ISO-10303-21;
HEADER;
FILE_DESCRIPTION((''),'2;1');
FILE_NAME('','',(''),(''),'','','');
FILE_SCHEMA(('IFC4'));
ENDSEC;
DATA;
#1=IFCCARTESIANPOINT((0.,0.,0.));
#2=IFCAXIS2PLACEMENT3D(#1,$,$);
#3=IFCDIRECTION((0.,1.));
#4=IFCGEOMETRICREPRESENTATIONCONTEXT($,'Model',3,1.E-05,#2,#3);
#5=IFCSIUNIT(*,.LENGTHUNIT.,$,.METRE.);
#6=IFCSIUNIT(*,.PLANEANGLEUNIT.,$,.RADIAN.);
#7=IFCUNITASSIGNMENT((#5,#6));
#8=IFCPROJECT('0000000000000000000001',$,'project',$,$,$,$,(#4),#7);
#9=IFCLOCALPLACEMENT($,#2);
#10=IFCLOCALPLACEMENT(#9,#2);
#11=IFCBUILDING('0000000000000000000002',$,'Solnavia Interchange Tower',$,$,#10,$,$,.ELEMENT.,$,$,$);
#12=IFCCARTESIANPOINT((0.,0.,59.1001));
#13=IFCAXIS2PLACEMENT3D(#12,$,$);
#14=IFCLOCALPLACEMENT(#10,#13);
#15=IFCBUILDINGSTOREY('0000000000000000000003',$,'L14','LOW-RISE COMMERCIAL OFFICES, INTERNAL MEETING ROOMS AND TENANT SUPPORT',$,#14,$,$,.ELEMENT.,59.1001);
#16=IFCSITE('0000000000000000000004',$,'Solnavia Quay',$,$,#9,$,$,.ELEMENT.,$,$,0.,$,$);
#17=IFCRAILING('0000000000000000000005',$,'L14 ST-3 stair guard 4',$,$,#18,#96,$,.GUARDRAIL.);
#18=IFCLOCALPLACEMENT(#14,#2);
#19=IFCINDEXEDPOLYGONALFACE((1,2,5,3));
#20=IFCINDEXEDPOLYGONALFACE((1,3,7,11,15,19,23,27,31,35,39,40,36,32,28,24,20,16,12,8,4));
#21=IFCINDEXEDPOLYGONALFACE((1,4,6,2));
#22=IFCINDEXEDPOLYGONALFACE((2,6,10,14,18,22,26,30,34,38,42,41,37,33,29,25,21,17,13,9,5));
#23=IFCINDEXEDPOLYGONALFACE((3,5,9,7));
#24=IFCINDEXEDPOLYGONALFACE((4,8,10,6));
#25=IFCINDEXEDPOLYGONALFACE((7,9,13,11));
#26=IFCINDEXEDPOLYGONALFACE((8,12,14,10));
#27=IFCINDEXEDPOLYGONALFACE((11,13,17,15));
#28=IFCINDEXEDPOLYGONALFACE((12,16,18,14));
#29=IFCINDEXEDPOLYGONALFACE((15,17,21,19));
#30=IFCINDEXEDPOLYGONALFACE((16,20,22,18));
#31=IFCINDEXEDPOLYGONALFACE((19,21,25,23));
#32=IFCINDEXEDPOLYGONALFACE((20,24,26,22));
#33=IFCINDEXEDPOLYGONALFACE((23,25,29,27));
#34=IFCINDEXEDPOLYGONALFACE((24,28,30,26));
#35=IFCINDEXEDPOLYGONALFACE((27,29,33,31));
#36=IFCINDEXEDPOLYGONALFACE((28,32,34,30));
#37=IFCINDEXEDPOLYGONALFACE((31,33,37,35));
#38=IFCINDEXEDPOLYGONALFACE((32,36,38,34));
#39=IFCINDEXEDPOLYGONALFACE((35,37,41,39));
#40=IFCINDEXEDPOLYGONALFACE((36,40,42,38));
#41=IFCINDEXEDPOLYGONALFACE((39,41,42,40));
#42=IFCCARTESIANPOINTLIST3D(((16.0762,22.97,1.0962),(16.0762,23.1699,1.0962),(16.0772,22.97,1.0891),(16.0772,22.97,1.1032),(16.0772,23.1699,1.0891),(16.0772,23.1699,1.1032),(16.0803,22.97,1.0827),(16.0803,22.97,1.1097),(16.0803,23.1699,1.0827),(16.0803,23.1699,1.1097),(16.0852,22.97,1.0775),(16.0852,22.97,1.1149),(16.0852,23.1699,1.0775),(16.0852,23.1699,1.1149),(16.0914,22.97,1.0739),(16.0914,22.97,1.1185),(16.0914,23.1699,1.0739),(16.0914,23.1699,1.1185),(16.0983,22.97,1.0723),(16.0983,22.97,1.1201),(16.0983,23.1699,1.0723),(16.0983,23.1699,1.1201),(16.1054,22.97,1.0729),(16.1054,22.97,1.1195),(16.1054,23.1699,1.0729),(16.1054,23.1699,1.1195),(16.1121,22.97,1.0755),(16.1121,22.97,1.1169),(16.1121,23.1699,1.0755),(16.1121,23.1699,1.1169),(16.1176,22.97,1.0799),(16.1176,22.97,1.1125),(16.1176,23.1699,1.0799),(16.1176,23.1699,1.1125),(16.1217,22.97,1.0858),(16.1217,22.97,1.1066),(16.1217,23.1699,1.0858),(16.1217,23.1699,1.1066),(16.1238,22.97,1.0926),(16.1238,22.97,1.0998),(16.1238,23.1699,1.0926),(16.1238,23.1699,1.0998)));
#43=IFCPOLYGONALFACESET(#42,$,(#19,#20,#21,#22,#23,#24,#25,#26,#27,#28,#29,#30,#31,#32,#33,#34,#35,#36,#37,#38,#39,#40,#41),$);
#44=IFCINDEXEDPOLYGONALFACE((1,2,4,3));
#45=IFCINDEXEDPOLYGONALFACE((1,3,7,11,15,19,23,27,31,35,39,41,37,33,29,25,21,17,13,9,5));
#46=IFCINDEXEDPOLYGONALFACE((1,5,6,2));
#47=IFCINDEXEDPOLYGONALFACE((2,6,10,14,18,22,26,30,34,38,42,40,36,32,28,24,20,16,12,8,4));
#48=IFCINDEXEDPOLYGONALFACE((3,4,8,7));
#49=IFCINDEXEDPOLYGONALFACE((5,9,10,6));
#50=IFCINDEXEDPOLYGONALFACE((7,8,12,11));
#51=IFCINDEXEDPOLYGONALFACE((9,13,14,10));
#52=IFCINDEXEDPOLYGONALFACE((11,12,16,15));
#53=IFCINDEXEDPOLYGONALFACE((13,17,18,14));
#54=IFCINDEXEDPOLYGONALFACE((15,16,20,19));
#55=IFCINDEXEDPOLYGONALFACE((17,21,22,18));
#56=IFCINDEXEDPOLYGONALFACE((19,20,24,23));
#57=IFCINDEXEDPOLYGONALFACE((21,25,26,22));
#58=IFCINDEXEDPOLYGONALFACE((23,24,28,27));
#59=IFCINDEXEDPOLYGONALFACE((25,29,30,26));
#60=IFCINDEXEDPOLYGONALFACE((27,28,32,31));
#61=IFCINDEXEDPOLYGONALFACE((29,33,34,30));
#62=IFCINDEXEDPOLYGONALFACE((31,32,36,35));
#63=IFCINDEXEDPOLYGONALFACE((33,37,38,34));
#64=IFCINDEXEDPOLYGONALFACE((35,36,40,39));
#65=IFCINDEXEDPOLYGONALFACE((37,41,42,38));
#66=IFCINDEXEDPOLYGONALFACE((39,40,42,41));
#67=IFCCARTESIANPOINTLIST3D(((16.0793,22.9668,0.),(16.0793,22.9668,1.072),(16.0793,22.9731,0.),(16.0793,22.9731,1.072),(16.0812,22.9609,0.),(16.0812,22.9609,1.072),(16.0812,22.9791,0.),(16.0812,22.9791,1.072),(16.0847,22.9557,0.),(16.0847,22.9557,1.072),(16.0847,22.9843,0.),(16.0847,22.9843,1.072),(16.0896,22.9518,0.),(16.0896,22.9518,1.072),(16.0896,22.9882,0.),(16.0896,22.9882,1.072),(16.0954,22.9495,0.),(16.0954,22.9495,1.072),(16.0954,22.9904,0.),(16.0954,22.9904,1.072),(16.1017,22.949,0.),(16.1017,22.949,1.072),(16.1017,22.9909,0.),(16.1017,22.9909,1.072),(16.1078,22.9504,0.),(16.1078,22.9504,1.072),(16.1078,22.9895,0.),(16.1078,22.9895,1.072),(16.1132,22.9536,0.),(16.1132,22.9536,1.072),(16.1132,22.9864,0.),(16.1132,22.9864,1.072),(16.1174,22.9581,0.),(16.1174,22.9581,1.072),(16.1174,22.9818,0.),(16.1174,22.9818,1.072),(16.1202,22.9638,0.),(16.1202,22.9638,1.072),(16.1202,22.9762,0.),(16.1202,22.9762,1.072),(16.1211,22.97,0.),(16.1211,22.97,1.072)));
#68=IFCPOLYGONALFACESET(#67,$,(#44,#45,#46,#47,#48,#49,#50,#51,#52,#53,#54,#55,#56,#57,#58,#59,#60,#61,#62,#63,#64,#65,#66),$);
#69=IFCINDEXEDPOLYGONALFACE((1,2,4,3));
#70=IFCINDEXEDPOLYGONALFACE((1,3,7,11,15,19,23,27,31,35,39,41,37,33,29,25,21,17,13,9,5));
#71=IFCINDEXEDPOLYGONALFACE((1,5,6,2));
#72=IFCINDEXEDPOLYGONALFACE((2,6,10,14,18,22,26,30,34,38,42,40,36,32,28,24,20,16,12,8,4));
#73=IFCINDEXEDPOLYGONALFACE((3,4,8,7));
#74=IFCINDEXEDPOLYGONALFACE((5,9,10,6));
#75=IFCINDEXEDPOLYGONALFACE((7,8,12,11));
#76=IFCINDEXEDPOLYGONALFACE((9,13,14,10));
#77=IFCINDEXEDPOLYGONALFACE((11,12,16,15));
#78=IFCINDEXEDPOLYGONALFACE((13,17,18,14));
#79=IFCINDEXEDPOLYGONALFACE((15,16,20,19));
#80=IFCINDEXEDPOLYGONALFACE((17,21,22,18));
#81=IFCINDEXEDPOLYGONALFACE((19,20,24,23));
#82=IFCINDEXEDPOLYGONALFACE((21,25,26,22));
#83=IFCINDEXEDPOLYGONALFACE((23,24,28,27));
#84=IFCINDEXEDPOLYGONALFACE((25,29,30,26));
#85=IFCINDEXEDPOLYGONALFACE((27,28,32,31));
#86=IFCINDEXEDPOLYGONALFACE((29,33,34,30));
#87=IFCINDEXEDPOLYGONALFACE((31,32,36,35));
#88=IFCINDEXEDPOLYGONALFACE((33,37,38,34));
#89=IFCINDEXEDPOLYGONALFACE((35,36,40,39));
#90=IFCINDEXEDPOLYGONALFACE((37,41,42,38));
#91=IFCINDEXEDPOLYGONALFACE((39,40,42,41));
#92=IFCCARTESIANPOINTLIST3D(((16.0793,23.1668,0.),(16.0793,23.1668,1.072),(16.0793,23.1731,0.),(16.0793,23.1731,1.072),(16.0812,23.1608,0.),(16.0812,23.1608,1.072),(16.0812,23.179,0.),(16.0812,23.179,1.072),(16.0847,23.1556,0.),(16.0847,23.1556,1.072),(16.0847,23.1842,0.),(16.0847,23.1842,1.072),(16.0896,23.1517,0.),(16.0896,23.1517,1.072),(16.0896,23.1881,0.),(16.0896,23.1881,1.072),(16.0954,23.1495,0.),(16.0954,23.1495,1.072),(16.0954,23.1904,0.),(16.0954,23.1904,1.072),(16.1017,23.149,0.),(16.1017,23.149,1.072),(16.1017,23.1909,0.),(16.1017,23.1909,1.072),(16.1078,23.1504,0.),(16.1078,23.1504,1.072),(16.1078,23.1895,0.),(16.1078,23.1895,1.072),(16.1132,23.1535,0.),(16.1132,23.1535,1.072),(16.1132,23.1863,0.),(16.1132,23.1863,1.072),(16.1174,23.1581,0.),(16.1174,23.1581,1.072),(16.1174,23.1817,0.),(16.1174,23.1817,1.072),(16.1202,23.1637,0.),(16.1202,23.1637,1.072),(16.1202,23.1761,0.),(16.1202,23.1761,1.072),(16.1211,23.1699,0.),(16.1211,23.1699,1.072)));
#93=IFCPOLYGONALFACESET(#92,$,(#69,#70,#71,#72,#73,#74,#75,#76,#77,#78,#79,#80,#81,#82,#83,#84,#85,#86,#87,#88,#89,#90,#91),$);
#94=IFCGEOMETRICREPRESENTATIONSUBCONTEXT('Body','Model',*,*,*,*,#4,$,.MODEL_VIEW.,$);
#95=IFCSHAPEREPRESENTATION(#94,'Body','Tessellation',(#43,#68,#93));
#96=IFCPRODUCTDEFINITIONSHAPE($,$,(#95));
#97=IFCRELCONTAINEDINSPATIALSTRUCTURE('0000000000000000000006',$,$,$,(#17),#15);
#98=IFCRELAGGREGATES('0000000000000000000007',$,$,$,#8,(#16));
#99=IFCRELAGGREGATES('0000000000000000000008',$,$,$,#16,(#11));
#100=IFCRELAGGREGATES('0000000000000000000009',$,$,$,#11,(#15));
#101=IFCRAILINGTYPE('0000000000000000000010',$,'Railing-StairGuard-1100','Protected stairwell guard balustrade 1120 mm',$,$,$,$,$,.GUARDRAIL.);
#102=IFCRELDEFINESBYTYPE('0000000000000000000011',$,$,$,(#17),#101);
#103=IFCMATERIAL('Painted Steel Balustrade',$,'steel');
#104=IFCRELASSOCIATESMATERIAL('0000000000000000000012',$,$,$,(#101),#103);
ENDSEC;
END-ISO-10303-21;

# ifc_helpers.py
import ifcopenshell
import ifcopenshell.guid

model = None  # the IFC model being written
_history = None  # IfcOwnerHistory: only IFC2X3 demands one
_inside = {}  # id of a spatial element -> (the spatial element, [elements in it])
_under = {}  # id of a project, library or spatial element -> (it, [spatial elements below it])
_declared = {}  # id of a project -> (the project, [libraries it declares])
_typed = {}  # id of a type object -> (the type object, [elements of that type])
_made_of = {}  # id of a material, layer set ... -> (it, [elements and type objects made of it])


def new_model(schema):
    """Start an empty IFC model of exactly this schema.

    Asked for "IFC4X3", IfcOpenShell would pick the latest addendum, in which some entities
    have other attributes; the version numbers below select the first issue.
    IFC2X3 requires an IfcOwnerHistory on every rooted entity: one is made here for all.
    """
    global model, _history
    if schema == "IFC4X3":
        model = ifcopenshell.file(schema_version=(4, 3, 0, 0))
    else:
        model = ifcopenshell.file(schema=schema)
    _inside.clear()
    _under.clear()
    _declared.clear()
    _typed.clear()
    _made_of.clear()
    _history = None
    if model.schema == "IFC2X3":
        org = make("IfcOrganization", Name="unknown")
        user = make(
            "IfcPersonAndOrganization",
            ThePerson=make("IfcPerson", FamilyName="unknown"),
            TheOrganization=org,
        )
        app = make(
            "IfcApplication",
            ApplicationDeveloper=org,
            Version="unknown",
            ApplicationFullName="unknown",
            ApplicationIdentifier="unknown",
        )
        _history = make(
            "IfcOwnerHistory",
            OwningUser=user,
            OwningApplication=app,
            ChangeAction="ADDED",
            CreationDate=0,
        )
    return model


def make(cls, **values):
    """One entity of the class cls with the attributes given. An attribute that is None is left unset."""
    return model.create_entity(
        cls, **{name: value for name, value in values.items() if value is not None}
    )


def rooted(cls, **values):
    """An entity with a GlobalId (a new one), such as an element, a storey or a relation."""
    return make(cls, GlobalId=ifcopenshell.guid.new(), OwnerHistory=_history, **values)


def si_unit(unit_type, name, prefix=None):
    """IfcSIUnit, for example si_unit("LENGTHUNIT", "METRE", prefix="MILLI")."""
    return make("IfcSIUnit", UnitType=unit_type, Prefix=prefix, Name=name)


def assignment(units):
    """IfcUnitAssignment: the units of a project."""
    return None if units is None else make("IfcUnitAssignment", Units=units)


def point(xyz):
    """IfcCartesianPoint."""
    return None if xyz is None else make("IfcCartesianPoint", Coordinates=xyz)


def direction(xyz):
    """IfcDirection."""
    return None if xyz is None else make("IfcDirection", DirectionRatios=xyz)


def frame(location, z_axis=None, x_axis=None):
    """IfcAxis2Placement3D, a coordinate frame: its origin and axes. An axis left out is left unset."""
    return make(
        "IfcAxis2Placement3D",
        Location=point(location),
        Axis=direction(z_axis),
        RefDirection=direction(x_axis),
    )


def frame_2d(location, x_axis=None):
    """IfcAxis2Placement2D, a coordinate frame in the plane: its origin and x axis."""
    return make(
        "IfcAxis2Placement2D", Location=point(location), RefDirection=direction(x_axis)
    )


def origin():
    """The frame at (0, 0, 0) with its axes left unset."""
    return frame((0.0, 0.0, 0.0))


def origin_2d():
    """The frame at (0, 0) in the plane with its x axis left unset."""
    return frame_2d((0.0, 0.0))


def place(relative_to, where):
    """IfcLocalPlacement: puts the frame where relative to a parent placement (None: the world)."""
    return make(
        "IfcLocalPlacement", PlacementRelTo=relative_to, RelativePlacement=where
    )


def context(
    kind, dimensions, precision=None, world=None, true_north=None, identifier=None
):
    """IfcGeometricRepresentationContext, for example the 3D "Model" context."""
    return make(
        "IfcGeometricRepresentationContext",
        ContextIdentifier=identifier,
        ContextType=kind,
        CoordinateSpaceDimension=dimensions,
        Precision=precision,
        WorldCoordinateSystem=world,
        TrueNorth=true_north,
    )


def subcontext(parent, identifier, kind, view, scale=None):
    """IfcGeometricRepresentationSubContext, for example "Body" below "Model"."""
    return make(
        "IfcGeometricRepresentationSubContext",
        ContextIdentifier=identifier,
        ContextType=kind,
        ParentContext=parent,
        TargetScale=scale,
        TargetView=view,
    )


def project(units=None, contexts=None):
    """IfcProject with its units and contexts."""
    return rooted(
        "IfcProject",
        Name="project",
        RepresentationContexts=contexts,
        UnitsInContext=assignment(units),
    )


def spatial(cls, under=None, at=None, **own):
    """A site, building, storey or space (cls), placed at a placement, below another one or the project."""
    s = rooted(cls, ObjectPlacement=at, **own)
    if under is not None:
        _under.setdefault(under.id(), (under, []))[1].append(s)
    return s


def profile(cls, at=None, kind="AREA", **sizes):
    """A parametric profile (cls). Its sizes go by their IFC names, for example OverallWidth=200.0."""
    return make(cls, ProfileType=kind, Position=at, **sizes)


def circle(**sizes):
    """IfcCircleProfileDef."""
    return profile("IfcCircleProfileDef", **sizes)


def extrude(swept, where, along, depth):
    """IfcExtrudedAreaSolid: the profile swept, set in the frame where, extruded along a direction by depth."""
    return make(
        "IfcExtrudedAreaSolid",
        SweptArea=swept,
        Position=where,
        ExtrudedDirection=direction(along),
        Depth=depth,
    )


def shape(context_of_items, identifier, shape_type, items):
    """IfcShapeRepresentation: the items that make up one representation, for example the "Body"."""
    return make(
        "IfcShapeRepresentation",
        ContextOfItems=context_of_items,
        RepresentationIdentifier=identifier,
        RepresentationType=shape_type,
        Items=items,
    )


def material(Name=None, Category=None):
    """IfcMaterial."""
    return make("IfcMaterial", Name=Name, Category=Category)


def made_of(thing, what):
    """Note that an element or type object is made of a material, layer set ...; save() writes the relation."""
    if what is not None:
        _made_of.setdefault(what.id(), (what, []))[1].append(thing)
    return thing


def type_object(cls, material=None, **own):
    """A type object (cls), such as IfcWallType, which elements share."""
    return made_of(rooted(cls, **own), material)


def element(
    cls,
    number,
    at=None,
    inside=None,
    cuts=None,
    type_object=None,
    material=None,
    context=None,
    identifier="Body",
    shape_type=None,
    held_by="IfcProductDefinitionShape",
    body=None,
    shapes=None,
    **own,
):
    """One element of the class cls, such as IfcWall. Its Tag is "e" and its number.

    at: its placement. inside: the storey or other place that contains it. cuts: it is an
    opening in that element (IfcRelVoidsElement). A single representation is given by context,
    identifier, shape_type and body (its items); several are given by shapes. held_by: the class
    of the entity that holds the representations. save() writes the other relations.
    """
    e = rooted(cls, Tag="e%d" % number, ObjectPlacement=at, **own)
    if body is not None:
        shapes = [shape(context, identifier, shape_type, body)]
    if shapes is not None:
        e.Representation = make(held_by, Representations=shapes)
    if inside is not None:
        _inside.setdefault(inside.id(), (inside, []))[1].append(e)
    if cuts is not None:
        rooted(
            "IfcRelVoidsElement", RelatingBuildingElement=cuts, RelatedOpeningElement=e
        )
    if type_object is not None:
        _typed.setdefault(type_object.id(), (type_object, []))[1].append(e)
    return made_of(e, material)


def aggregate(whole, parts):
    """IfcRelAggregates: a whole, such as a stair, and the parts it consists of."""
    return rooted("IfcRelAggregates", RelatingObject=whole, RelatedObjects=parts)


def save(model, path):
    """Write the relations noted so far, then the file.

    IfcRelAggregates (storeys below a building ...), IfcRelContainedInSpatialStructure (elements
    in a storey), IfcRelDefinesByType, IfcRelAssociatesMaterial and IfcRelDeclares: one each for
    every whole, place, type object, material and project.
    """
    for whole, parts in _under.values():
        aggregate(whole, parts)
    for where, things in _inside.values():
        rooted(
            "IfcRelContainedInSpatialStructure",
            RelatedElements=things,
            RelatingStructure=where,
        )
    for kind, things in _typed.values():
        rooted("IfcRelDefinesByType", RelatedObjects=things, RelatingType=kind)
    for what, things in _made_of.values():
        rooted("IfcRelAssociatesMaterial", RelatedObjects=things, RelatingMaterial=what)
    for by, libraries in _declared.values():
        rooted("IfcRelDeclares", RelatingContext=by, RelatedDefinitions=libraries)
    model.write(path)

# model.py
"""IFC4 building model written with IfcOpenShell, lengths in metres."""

from ifc_helpers import new_model, si_unit, direction, frame, origin, origin_2d, place, context, subcontext, project, spatial, circle, extrude, material, type_object, element, save


model = new_model("IFC4")

# Units and contexts
model_context = context("Model", 3, precision=1e-05, world=origin(), true_north=direction((0.0, 1.0)))
body_context = subcontext(model_context, "Body", "Model", "MODEL_VIEW")
ifc_project = project(units=[si_unit("LENGTHUNIT", "METRE"), si_unit("PLANEANGLEUNIT", "RADIAN")], contexts=[model_context])

# Site, building, storey
site_placement = place(None, origin())
site = spatial("IfcSite", under=ifc_project, at=site_placement, Name="Solnavia Quay", CompositionType="ELEMENT", RefElevation=0.0)
building_placement = place(site_placement, origin())
building = spatial("IfcBuilding", under=site, at=building_placement, Name="Solnavia Interchange Tower", CompositionType="ELEMENT")
storey_placement = place(building_placement, frame((0.0, 0.0, 59.1001)))
storey = spatial("IfcBuildingStorey", under=building, at=storey_placement, Name="L14", Description="LOW-RISE COMMERCIAL OFFICES, INTERNAL MEETING ROOMS AND TENANT SUPPORT", CompositionType="ELEMENT", Elevation=59.1001)

# Railing
ifc_material_1 = material(Name="Painted Steel Balustrade", Category="steel")
railing_type_1 = type_object("IfcRailingType", Name="Railing-StairGuard-1100", Description="Protected stairwell guard balustrade 1120 mm", PredefinedType="GUARDRAIL", material=ifc_material_1)
railing_1_placement = place(storey_placement, frame((16.1001, 22.97, 0.0)))
element("IfcRailing", 1, at=railing_1_placement, inside=storey, type_object=railing_type_1, Name="L14 ST-3 stair guard 4", PredefinedType="GUARDRAIL", context=body_context, shape_type="SweptSolid", body=[
    extrude(circle(Radius=0.0239, at=origin_2d()), frame((0.0, 0.0, 1.0962), z_axis=(0.0, 1.0, 0.0), x_axis=(-1.0, 0.0, 0.0)), (0.0, 0.0, 1.0), 0.2),
    extrude(circle(Radius=0.021, at=origin_2d()), origin(), (0.0, 0.0, 1.0), 1.072),
    extrude(circle(Radius=0.021, at=origin_2d()), frame((0.0, 0.2, 0.0)), (0.0, 0.0, 1.0), 1.072),
])

save(model, "model.ifc")
